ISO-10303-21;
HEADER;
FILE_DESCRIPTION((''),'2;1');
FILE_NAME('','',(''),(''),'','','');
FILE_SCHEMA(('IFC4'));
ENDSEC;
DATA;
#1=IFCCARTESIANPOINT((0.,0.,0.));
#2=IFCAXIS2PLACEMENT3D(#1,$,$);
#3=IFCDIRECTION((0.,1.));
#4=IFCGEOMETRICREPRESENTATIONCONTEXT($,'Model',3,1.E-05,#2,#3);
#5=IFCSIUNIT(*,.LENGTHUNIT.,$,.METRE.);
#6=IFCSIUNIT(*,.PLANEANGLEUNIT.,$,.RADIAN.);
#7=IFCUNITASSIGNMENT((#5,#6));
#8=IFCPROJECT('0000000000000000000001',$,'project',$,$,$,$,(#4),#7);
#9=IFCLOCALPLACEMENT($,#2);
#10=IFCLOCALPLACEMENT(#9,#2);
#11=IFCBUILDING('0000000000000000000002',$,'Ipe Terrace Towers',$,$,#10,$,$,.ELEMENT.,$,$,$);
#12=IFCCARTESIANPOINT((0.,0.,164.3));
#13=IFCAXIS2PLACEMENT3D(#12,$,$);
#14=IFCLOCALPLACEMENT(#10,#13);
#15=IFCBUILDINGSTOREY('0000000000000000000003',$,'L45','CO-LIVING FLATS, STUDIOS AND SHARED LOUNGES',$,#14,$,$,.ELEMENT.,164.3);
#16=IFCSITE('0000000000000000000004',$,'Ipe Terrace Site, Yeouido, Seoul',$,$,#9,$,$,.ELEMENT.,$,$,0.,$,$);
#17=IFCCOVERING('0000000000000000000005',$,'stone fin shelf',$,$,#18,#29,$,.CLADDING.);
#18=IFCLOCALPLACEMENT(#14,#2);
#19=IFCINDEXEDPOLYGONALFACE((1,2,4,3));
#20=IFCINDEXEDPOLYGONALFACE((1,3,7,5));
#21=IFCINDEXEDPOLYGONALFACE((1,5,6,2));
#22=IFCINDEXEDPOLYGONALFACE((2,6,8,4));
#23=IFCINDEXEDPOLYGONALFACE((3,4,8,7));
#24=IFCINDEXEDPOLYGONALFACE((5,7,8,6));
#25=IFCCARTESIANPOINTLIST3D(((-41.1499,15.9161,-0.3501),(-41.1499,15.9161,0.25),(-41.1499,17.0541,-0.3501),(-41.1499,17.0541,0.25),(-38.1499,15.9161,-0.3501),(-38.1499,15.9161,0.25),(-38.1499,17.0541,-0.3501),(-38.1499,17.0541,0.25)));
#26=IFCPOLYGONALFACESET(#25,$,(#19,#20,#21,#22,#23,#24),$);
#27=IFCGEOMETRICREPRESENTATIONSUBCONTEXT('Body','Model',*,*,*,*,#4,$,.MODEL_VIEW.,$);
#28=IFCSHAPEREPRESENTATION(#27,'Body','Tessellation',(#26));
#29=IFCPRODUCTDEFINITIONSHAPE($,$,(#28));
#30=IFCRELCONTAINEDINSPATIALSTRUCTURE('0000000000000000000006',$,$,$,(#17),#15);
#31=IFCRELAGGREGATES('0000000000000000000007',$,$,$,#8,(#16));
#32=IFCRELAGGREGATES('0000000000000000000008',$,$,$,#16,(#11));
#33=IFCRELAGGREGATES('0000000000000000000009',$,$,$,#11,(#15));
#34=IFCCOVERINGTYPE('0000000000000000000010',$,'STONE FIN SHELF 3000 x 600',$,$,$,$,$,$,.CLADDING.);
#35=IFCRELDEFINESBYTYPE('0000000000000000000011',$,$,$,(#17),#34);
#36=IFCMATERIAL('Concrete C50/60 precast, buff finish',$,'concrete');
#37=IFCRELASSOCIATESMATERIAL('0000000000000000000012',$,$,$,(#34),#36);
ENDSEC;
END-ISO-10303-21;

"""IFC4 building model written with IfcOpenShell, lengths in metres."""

from ifc_helpers import new_model, si_unit, direction, frame, origin, origin_2d, place, context, subcontext, project, spatial, rectangle, extrude, material, type_object, element, save


model = new_model("IFC4")

# Units and contexts
model_context = context("Model", 3, precision=1e-05, world=origin(), true_north=direction((0.0, 1.0)))
body_context = subcontext(model_context, "Body", "Model", "MODEL_VIEW")
ifc_project = project(units=[si_unit("LENGTHUNIT", "METRE"), si_unit("PLANEANGLEUNIT", "RADIAN")], contexts=[model_context])

# Site, building, storey
site_placement = place(None, origin())
site = spatial("IfcSite", under=ifc_project, at=site_placement, Name="Ipe Terrace Site, Yeouido, Seoul", CompositionType="ELEMENT", RefElevation=0.0)
building_placement = place(site_placement, origin())
building = spatial("IfcBuilding", under=site, at=building_placement, Name="Ipe Terrace Towers", CompositionType="ELEMENT")
storey_placement = place(building_placement, frame((0.0, 0.0, 164.3)))
storey = spatial("IfcBuildingStorey", under=building, at=storey_placement, Name="L45", Description="CO-LIVING FLATS, STUDIOS AND SHARED LOUNGES", CompositionType="ELEMENT", Elevation=164.3)

# Covering
ifc_material_1 = material(Name="Concrete C50/60 precast, buff finish", Category="concrete")
covering_type_1 = type_object("IfcCoveringType", Name="STONE FIN SHELF 3000 x 600", PredefinedType="CLADDING", material=ifc_material_1)
for number, where, z_axis, x_axis, name in (
    (1, (-39.6499, 16.4851, -0.3501), (0.0, 0.0, 1.0), (-1.0, 0.0, 0.0), "stone fin shelf"),
):
    element("IfcCovering", number, at=place(storey_placement, frame(where, z_axis=z_axis, x_axis=x_axis)), inside=storey, type_object=covering_type_1, Name=name, PredefinedType="CLADDING", context=body_context, shape_type="SweptSolid", body=[
        extrude(rectangle(XDim=3.0, YDim=1.1379, at=origin_2d()), origin(), (0.0, 0.0, 1.0), 0.6001),
    ])

save(model, "model.ifc")
